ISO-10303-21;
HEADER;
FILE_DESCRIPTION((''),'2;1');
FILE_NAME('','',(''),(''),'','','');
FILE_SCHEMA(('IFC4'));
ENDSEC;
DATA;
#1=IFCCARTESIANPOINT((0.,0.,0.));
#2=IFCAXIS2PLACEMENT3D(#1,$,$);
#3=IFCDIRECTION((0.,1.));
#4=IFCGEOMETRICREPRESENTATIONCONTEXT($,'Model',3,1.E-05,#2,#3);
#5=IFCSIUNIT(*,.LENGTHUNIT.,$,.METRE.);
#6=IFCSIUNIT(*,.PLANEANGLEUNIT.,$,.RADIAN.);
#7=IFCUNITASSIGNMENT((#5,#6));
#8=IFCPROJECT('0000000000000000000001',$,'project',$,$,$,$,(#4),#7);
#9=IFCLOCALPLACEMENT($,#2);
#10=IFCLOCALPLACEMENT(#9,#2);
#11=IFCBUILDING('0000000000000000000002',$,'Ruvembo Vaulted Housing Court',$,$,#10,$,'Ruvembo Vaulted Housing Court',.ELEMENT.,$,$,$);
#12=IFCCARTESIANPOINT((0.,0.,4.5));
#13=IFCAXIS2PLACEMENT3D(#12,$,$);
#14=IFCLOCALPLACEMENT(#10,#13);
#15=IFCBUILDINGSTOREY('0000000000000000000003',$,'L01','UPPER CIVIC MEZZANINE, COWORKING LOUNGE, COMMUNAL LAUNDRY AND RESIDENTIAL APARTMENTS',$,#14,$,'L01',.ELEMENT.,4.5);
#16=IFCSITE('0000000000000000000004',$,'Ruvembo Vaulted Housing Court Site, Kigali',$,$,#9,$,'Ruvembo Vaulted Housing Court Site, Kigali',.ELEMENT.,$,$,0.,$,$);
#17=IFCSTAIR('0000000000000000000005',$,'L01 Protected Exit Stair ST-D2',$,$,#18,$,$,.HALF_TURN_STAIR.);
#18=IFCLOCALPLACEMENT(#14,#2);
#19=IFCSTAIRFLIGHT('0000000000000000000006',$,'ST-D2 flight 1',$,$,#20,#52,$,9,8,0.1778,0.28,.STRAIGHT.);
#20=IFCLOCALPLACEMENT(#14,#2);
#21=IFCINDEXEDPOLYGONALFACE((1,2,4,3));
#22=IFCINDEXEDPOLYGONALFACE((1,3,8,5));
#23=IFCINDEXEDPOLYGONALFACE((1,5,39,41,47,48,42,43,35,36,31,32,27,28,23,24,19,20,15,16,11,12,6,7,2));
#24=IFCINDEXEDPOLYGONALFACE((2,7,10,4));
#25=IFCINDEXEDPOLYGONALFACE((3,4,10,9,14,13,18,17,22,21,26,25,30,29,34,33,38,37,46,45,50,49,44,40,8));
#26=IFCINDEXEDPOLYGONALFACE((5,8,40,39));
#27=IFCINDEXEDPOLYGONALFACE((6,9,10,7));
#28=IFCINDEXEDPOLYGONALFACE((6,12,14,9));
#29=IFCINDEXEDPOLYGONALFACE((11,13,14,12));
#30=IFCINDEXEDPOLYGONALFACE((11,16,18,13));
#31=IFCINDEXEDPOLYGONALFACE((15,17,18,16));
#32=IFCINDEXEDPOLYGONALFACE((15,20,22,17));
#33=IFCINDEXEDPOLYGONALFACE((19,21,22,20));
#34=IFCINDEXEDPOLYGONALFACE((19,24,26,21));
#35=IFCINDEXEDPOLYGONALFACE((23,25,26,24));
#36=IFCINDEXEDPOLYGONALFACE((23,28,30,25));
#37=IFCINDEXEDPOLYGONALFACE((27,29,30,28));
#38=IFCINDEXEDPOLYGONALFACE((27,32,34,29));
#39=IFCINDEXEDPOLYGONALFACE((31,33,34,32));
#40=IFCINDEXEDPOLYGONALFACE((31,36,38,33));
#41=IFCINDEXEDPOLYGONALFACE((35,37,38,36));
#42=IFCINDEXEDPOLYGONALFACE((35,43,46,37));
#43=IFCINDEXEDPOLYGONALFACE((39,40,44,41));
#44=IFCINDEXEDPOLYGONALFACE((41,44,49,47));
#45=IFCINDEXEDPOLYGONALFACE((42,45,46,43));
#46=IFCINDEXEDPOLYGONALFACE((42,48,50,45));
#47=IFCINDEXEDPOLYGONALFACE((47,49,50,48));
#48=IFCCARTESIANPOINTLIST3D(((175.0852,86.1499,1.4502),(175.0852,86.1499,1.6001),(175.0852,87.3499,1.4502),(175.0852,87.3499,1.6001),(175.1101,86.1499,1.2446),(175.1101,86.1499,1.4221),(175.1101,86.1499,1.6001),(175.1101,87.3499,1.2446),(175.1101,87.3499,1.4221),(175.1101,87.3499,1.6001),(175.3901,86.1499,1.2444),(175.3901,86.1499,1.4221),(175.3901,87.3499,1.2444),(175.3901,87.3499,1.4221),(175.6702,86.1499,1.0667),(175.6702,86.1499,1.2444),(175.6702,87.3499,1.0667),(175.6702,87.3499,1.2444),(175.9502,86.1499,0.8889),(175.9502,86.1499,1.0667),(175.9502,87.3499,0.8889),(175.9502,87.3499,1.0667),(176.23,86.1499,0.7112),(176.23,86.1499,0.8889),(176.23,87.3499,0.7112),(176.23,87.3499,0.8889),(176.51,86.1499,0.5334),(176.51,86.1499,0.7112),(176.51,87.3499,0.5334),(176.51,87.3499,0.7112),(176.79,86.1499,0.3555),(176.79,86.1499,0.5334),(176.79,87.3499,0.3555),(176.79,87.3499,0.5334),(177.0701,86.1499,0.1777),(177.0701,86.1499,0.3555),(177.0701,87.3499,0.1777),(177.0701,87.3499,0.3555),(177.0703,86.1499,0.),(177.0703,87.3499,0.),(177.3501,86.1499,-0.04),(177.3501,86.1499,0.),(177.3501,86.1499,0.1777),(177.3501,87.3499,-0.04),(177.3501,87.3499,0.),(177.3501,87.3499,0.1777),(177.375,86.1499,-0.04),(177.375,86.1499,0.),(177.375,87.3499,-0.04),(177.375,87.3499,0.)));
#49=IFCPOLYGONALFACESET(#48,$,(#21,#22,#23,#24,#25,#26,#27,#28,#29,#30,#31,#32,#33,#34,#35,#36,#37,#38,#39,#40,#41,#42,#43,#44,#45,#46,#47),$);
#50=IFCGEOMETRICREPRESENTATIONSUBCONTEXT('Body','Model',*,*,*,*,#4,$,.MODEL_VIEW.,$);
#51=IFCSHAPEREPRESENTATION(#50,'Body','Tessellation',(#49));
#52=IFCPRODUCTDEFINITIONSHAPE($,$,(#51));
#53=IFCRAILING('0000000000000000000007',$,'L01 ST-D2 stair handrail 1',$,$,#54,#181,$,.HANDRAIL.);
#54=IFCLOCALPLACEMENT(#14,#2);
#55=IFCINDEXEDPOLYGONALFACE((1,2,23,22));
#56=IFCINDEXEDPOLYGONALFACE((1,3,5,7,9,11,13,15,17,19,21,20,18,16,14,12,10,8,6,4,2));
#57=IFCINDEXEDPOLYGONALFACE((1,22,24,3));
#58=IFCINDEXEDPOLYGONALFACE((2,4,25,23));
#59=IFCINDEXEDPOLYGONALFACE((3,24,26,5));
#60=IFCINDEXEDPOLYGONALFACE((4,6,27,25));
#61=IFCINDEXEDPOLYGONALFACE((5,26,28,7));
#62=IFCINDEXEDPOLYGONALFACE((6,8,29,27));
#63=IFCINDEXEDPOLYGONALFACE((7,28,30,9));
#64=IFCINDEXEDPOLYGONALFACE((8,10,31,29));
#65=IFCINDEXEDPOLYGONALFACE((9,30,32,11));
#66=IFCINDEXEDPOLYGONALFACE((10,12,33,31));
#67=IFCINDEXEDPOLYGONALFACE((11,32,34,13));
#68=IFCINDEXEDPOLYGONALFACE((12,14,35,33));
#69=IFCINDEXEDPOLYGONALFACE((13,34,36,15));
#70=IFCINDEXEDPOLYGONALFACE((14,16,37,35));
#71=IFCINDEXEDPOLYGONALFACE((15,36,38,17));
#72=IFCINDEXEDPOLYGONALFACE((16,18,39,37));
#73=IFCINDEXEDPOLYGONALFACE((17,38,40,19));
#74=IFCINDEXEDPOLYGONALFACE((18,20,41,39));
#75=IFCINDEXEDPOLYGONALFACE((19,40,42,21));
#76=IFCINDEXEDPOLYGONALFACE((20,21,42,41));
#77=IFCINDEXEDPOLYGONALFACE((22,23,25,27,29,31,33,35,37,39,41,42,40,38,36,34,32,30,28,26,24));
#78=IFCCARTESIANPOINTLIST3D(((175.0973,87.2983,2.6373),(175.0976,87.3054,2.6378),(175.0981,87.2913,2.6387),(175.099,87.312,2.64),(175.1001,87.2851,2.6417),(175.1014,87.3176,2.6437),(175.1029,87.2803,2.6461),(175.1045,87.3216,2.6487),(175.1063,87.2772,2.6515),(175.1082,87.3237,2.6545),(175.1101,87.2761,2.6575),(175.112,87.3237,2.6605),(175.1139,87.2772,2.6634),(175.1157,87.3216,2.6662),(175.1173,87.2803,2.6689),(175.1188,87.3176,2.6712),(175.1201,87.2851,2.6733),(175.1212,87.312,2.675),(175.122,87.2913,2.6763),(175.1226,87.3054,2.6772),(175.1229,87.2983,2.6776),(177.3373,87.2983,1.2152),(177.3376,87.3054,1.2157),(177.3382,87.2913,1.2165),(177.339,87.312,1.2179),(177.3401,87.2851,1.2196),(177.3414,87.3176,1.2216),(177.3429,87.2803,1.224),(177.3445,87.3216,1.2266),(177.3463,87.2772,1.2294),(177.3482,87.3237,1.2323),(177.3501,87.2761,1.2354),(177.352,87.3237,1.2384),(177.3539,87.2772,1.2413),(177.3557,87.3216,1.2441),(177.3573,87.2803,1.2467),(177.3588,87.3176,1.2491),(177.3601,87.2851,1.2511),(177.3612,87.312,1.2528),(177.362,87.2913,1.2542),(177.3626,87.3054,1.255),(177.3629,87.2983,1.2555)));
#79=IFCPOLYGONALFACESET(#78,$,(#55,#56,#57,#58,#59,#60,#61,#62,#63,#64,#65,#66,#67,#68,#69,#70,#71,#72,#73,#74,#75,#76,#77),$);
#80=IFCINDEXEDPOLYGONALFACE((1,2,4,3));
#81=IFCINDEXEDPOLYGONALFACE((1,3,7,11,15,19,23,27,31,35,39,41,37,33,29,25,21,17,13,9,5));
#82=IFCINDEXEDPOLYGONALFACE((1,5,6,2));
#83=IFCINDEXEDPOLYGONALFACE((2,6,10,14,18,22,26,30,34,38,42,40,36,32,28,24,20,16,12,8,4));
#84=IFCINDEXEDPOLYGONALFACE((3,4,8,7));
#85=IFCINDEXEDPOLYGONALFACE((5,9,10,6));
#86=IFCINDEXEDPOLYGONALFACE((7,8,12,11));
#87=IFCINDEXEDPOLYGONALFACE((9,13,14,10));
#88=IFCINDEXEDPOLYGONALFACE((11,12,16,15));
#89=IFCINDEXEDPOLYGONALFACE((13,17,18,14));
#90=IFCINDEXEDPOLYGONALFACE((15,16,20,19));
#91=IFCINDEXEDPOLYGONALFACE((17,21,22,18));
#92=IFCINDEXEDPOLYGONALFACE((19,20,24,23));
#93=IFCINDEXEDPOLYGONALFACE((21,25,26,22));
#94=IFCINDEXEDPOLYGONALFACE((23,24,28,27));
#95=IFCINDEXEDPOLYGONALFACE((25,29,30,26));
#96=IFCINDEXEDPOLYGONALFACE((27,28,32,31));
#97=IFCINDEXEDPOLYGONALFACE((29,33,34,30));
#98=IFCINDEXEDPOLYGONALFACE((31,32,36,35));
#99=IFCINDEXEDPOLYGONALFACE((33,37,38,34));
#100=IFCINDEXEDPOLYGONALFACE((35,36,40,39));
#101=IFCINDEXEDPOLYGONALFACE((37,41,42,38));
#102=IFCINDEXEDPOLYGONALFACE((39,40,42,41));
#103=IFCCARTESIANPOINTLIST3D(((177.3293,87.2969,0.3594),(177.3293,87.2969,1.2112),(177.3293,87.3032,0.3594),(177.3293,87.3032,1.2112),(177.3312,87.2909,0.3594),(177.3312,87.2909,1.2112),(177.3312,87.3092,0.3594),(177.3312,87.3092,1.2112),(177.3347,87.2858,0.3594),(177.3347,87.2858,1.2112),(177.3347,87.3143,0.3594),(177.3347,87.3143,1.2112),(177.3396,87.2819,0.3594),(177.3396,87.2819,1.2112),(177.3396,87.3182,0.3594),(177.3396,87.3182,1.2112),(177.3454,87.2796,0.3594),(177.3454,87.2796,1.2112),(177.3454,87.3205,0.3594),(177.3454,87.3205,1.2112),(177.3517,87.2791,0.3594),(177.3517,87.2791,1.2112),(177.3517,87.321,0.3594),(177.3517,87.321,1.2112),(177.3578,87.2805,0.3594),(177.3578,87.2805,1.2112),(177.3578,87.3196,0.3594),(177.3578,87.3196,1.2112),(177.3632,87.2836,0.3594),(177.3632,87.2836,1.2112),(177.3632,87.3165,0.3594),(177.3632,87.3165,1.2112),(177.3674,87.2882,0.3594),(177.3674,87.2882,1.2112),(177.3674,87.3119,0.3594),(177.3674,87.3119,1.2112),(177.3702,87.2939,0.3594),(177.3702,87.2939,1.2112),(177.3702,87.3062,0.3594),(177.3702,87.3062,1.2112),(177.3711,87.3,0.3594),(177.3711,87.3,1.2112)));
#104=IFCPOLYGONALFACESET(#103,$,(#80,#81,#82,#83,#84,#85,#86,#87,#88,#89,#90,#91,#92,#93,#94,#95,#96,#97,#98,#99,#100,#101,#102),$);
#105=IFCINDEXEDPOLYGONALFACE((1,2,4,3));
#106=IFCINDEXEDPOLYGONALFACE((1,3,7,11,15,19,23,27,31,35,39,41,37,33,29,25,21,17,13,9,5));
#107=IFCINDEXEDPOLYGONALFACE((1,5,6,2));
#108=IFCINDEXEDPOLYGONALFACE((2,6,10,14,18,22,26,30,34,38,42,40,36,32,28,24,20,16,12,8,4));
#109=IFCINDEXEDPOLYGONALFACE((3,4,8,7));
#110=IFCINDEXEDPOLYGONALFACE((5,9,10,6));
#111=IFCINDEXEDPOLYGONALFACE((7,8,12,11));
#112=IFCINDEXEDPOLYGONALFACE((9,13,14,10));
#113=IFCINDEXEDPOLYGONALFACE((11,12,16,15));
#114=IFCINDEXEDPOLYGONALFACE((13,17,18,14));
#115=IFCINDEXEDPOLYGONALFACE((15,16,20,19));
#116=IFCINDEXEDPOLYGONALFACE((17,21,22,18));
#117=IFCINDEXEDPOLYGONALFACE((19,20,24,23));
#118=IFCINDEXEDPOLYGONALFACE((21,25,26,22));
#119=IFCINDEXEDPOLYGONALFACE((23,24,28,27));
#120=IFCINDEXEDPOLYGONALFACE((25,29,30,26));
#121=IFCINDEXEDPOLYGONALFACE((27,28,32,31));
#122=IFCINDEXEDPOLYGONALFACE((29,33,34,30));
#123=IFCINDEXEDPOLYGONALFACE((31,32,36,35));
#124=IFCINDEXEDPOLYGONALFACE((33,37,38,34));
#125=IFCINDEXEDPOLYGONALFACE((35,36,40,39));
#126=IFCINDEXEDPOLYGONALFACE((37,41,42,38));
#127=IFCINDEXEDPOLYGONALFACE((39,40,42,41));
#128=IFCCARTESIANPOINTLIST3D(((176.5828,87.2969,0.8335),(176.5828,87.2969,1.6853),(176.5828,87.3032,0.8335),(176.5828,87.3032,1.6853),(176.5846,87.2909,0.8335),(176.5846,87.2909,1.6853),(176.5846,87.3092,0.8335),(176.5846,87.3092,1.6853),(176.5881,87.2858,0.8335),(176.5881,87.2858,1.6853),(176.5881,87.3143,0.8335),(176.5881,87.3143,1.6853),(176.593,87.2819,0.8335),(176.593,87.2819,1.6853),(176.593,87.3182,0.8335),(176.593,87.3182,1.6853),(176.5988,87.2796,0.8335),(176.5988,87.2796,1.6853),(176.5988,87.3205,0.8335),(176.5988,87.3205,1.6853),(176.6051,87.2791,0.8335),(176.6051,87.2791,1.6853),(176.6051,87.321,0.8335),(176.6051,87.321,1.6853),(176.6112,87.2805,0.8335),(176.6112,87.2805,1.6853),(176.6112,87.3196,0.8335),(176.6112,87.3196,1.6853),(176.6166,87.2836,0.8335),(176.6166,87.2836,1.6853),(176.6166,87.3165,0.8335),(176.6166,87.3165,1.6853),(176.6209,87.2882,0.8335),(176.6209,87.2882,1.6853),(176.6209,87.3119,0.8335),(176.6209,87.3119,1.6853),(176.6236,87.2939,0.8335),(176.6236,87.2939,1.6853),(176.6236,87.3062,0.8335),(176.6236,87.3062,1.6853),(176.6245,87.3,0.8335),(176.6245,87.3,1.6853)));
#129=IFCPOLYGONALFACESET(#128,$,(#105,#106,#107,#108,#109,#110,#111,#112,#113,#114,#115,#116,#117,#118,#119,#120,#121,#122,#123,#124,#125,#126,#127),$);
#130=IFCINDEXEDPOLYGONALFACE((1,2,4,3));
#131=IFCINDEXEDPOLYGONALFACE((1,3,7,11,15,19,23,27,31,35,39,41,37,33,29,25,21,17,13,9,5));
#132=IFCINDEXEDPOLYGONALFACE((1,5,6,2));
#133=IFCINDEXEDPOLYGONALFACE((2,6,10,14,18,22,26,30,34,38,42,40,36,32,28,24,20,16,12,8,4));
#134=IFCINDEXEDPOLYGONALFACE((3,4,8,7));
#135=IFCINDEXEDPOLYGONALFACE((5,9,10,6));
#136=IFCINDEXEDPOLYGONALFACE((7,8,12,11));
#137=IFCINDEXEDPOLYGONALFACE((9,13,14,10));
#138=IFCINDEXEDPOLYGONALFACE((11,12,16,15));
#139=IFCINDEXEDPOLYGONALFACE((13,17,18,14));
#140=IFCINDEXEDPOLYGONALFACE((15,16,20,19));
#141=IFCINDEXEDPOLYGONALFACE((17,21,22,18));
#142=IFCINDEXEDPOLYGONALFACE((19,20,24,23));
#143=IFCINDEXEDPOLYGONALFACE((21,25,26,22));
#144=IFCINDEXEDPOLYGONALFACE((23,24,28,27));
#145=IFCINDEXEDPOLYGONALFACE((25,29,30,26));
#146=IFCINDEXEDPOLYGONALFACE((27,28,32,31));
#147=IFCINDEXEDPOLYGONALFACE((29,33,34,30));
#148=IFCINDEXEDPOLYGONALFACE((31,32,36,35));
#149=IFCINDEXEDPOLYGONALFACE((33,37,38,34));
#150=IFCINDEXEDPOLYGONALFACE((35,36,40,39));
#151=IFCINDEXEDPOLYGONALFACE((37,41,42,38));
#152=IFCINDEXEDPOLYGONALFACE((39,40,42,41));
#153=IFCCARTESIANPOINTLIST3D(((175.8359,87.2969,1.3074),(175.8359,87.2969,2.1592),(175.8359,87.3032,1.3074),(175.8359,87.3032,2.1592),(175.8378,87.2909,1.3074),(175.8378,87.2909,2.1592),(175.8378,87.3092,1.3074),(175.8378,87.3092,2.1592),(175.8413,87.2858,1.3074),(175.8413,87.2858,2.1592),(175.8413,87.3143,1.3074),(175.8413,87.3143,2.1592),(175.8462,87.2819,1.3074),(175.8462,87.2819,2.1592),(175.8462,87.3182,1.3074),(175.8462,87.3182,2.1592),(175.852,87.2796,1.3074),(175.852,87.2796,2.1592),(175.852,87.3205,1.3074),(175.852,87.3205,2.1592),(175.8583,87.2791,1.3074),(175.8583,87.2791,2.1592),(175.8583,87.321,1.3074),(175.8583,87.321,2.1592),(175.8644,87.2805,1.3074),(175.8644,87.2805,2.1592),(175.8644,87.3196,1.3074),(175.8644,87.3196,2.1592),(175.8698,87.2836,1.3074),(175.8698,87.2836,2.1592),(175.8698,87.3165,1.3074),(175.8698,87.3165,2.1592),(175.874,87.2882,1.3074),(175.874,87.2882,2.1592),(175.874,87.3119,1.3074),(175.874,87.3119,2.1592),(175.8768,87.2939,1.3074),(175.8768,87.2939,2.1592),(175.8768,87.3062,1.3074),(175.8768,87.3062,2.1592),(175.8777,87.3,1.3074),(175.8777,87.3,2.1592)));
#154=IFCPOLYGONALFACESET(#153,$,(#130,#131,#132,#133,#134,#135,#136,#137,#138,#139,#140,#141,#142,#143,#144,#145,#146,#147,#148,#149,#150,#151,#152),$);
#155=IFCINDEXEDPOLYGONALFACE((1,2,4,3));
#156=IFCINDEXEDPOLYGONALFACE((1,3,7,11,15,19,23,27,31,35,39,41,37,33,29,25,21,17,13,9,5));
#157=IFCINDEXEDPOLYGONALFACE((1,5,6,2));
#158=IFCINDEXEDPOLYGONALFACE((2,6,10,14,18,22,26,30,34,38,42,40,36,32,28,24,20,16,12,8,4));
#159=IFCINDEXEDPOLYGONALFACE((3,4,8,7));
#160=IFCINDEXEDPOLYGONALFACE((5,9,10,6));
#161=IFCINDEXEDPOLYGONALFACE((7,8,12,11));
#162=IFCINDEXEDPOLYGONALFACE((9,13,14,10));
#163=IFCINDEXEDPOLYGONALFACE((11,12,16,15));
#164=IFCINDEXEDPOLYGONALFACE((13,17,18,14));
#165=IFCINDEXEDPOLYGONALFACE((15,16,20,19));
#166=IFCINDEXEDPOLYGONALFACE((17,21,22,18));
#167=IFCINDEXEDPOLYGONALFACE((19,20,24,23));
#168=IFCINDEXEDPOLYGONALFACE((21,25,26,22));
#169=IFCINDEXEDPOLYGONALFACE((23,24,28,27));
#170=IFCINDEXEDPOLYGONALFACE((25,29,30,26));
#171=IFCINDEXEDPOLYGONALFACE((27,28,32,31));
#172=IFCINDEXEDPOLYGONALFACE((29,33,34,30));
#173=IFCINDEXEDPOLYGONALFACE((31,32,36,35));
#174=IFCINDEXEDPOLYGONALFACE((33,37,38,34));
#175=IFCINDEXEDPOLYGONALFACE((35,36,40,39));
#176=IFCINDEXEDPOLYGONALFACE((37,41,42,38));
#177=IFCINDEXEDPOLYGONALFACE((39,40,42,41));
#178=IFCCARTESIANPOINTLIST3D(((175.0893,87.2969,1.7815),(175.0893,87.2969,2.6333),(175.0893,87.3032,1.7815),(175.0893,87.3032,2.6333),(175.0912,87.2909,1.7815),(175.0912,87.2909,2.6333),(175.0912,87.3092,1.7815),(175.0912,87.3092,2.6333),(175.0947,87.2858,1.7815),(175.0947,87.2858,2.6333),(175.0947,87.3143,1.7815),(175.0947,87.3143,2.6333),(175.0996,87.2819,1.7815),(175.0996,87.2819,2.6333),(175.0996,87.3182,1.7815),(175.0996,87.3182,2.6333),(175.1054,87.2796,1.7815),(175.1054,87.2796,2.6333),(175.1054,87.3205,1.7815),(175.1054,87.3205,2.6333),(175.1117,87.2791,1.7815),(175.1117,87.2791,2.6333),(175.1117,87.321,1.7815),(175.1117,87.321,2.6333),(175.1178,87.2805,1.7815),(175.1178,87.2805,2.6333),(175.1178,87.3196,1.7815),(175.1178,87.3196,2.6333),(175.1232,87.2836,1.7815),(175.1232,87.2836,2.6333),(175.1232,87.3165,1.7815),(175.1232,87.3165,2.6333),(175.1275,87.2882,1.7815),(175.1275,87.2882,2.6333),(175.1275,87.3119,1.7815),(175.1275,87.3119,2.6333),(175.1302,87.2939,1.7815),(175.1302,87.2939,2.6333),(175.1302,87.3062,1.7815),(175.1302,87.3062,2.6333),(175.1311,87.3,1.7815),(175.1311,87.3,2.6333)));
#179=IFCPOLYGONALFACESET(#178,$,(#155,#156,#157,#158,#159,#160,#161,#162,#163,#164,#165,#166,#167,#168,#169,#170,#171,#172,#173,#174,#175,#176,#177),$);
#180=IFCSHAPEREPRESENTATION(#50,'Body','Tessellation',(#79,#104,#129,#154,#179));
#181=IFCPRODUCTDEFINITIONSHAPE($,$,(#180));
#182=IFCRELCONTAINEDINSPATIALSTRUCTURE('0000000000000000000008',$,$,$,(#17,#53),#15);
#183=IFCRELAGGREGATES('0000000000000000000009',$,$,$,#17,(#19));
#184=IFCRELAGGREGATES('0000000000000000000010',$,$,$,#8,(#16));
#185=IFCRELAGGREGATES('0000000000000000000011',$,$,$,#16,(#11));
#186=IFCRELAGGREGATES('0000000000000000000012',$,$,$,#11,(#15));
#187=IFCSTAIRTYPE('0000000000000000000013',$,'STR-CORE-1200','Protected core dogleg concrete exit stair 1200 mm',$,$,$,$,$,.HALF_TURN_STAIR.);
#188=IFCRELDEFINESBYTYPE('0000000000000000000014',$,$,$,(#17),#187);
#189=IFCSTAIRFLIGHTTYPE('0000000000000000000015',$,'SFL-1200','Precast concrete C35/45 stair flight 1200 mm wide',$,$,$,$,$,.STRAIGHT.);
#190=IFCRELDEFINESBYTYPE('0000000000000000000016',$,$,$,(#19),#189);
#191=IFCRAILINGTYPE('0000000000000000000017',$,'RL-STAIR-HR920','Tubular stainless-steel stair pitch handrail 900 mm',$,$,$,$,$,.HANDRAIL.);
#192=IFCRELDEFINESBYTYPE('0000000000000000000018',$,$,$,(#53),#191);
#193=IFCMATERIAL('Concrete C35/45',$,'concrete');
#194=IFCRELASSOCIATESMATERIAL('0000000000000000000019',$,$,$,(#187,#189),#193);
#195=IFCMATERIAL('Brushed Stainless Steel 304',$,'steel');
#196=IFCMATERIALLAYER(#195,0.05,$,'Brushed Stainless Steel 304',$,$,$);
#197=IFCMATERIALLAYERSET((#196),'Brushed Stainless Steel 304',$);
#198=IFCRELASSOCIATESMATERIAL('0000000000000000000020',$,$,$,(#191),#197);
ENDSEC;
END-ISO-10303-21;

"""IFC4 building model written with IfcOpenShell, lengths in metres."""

from ifc_helpers import new_model, si_unit, direction, frame, origin, origin_2d, place, context, subcontext, project, spatial, polyline, circle, outline, extrude, material, layer, layer_set, type_object, element, aggregate, save


model = new_model("IFC4")

# Units and contexts
model_context = context("Model", 3, precision=1e-05, world=origin(), true_north=direction((0.0, 1.0)))
body_context = subcontext(model_context, "Body", "Model", "MODEL_VIEW")
ifc_project = project(units=[si_unit("LENGTHUNIT", "METRE"), si_unit("PLANEANGLEUNIT", "RADIAN")], contexts=[model_context])

# Site, building, storey
site_placement = place(None, origin())
site = spatial("IfcSite", under=ifc_project, at=site_placement, Name="Ruvembo Vaulted Housing Court Site, Kigali", LongName="Ruvembo Vaulted Housing Court Site, Kigali", CompositionType="ELEMENT", RefElevation=0.0)
building_placement = place(site_placement, origin())
building = spatial("IfcBuilding", under=site, at=building_placement, Name="Ruvembo Vaulted Housing Court", LongName="Ruvembo Vaulted Housing Court", CompositionType="ELEMENT")
storey_placement = place(building_placement, frame((0.0, 0.0, 4.5)))
storey = spatial("IfcBuildingStorey", under=building, at=storey_placement, Name="L01", Description="UPPER CIVIC MEZZANINE, COWORKING LOUNGE, COMMUNAL LAUNDRY AND RESIDENTIAL APARTMENTS", LongName="L01", CompositionType="ELEMENT", Elevation=4.5)

# Shared definitions
ifc_material_1 = material(Name="Concrete C35/45", Category="concrete")

# Shared definitions
ifc_material_2 = material(Name="Brushed Stainless Steel 304", Category="steel")

# Stair, stair flight
stair_type = type_object("IfcStairType", Name="STR-CORE-1200", Description="Protected core dogleg concrete exit stair 1200 mm", PredefinedType="HALF_TURN_STAIR", material=ifc_material_1)
stair_placement = place(storey_placement, origin())
stair = element("IfcStair", 1, at=stair_placement, inside=storey, type_object=stair_type, Name="L01 Protected Exit Stair ST-D2", PredefinedType="HALF_TURN_STAIR")
stair_flight_type = type_object("IfcStairFlightType", Name="SFL-1200", Description="Precast concrete C35/45 stair flight 1200 mm wide", PredefinedType="STRAIGHT", material=ifc_material_1)
stair_flight_placement = place(storey_placement, frame((177.3501, 86.75, 0.0), z_axis=(0.0, 0.0, 1.0), x_axis=(-1.0, 0.0, 0.0)))
stair_flight = element("IfcStairFlight", 2, at=stair_flight_placement, type_object=stair_flight_type, Name="ST-D2 flight 1", NumberOfRisers=9, NumberOfTreads=8, PredefinedType="STRAIGHT", RiserHeight=0.1778, TreadLength=0.28, context=body_context, shape_type="SweptSolid", body=[
    extrude(outline(polyline([(-0.0249, -0.04), (-0.0249, 0.0), (0.0, 0.0), (0.0, 0.1777), (0.28, 0.1777), (0.28, 0.3555), (0.5601, 0.3555), (0.5601, 0.5334), (0.8401, 0.5334), (0.8401, 0.7112), (1.1201, 0.7112), (1.1201, 0.8889), (1.3999, 0.8889), (1.3999, 1.0667), (1.6799, 1.0667), (1.6799, 1.2444), (1.96, 1.2444), (1.96, 1.4221), (2.24, 1.4221), (2.24, 1.6001), (2.2649, 1.6001), (2.2649, 1.4502), (2.24, 1.2446), (0.2798, 0.0), (0.0, -0.04), (-0.0249, -0.04)])), frame((0.0, 0.6001, 0.0), z_axis=(0.0, -1.0, 0.0), x_axis=(1.0, 0.0, 0.0)), (0.0, 0.0, 1.0), 1.2),
])
aggregate(stair, [stair_flight])

# Railing
ifc_layer_1 = layer(ifc_material_2, 0.05, Name="Brushed Stainless Steel 304")
ifc_layer_set_1 = layer_set([ifc_layer_1], Name="Brushed Stainless Steel 304")
railing_type = type_object("IfcRailingType", Name="RL-STAIR-HR920", Description="Tubular stainless-steel stair pitch handrail 900 mm", PredefinedType="HANDRAIL", material=ifc_layer_set_1)
railing_placement = place(storey_placement, frame((177.3501, 87.3, 0.3594)))
element("IfcRailing", 3, at=railing_placement, inside=storey, type_object=railing_type, Name="L01 ST-D2 stair handrail 1", PredefinedType="HANDRAIL", context=body_context, shape_type="SweptSolid", body=[
    extrude(circle(Radius=0.0239, at=origin_2d()), frame((0.0, 0.0, 0.876), z_axis=(-0.844229, 0.0, 0.535982), x_axis=(0.0, -1.0, 0.0)), (0.0, 0.0, 1.0), 2.6533),
    extrude(circle(Radius=0.021, at=origin_2d()), origin(), (0.0, 0.0, 1.0), 0.8518),
    extrude(circle(Radius=0.021, at=origin_2d()), frame((-0.7466, 0.0, 0.4741)), (0.0, 0.0, 1.0), 0.8518),
    extrude(circle(Radius=0.021, at=origin_2d()), frame((-1.4934, 0.0, 0.948)), (0.0, 0.0, 1.0), 0.8518),
    extrude(circle(Radius=0.021, at=origin_2d()), frame((-2.24, 0.0, 1.4221)), (0.0, 0.0, 1.0), 0.8518),
])

save(model, "model.ifc")
